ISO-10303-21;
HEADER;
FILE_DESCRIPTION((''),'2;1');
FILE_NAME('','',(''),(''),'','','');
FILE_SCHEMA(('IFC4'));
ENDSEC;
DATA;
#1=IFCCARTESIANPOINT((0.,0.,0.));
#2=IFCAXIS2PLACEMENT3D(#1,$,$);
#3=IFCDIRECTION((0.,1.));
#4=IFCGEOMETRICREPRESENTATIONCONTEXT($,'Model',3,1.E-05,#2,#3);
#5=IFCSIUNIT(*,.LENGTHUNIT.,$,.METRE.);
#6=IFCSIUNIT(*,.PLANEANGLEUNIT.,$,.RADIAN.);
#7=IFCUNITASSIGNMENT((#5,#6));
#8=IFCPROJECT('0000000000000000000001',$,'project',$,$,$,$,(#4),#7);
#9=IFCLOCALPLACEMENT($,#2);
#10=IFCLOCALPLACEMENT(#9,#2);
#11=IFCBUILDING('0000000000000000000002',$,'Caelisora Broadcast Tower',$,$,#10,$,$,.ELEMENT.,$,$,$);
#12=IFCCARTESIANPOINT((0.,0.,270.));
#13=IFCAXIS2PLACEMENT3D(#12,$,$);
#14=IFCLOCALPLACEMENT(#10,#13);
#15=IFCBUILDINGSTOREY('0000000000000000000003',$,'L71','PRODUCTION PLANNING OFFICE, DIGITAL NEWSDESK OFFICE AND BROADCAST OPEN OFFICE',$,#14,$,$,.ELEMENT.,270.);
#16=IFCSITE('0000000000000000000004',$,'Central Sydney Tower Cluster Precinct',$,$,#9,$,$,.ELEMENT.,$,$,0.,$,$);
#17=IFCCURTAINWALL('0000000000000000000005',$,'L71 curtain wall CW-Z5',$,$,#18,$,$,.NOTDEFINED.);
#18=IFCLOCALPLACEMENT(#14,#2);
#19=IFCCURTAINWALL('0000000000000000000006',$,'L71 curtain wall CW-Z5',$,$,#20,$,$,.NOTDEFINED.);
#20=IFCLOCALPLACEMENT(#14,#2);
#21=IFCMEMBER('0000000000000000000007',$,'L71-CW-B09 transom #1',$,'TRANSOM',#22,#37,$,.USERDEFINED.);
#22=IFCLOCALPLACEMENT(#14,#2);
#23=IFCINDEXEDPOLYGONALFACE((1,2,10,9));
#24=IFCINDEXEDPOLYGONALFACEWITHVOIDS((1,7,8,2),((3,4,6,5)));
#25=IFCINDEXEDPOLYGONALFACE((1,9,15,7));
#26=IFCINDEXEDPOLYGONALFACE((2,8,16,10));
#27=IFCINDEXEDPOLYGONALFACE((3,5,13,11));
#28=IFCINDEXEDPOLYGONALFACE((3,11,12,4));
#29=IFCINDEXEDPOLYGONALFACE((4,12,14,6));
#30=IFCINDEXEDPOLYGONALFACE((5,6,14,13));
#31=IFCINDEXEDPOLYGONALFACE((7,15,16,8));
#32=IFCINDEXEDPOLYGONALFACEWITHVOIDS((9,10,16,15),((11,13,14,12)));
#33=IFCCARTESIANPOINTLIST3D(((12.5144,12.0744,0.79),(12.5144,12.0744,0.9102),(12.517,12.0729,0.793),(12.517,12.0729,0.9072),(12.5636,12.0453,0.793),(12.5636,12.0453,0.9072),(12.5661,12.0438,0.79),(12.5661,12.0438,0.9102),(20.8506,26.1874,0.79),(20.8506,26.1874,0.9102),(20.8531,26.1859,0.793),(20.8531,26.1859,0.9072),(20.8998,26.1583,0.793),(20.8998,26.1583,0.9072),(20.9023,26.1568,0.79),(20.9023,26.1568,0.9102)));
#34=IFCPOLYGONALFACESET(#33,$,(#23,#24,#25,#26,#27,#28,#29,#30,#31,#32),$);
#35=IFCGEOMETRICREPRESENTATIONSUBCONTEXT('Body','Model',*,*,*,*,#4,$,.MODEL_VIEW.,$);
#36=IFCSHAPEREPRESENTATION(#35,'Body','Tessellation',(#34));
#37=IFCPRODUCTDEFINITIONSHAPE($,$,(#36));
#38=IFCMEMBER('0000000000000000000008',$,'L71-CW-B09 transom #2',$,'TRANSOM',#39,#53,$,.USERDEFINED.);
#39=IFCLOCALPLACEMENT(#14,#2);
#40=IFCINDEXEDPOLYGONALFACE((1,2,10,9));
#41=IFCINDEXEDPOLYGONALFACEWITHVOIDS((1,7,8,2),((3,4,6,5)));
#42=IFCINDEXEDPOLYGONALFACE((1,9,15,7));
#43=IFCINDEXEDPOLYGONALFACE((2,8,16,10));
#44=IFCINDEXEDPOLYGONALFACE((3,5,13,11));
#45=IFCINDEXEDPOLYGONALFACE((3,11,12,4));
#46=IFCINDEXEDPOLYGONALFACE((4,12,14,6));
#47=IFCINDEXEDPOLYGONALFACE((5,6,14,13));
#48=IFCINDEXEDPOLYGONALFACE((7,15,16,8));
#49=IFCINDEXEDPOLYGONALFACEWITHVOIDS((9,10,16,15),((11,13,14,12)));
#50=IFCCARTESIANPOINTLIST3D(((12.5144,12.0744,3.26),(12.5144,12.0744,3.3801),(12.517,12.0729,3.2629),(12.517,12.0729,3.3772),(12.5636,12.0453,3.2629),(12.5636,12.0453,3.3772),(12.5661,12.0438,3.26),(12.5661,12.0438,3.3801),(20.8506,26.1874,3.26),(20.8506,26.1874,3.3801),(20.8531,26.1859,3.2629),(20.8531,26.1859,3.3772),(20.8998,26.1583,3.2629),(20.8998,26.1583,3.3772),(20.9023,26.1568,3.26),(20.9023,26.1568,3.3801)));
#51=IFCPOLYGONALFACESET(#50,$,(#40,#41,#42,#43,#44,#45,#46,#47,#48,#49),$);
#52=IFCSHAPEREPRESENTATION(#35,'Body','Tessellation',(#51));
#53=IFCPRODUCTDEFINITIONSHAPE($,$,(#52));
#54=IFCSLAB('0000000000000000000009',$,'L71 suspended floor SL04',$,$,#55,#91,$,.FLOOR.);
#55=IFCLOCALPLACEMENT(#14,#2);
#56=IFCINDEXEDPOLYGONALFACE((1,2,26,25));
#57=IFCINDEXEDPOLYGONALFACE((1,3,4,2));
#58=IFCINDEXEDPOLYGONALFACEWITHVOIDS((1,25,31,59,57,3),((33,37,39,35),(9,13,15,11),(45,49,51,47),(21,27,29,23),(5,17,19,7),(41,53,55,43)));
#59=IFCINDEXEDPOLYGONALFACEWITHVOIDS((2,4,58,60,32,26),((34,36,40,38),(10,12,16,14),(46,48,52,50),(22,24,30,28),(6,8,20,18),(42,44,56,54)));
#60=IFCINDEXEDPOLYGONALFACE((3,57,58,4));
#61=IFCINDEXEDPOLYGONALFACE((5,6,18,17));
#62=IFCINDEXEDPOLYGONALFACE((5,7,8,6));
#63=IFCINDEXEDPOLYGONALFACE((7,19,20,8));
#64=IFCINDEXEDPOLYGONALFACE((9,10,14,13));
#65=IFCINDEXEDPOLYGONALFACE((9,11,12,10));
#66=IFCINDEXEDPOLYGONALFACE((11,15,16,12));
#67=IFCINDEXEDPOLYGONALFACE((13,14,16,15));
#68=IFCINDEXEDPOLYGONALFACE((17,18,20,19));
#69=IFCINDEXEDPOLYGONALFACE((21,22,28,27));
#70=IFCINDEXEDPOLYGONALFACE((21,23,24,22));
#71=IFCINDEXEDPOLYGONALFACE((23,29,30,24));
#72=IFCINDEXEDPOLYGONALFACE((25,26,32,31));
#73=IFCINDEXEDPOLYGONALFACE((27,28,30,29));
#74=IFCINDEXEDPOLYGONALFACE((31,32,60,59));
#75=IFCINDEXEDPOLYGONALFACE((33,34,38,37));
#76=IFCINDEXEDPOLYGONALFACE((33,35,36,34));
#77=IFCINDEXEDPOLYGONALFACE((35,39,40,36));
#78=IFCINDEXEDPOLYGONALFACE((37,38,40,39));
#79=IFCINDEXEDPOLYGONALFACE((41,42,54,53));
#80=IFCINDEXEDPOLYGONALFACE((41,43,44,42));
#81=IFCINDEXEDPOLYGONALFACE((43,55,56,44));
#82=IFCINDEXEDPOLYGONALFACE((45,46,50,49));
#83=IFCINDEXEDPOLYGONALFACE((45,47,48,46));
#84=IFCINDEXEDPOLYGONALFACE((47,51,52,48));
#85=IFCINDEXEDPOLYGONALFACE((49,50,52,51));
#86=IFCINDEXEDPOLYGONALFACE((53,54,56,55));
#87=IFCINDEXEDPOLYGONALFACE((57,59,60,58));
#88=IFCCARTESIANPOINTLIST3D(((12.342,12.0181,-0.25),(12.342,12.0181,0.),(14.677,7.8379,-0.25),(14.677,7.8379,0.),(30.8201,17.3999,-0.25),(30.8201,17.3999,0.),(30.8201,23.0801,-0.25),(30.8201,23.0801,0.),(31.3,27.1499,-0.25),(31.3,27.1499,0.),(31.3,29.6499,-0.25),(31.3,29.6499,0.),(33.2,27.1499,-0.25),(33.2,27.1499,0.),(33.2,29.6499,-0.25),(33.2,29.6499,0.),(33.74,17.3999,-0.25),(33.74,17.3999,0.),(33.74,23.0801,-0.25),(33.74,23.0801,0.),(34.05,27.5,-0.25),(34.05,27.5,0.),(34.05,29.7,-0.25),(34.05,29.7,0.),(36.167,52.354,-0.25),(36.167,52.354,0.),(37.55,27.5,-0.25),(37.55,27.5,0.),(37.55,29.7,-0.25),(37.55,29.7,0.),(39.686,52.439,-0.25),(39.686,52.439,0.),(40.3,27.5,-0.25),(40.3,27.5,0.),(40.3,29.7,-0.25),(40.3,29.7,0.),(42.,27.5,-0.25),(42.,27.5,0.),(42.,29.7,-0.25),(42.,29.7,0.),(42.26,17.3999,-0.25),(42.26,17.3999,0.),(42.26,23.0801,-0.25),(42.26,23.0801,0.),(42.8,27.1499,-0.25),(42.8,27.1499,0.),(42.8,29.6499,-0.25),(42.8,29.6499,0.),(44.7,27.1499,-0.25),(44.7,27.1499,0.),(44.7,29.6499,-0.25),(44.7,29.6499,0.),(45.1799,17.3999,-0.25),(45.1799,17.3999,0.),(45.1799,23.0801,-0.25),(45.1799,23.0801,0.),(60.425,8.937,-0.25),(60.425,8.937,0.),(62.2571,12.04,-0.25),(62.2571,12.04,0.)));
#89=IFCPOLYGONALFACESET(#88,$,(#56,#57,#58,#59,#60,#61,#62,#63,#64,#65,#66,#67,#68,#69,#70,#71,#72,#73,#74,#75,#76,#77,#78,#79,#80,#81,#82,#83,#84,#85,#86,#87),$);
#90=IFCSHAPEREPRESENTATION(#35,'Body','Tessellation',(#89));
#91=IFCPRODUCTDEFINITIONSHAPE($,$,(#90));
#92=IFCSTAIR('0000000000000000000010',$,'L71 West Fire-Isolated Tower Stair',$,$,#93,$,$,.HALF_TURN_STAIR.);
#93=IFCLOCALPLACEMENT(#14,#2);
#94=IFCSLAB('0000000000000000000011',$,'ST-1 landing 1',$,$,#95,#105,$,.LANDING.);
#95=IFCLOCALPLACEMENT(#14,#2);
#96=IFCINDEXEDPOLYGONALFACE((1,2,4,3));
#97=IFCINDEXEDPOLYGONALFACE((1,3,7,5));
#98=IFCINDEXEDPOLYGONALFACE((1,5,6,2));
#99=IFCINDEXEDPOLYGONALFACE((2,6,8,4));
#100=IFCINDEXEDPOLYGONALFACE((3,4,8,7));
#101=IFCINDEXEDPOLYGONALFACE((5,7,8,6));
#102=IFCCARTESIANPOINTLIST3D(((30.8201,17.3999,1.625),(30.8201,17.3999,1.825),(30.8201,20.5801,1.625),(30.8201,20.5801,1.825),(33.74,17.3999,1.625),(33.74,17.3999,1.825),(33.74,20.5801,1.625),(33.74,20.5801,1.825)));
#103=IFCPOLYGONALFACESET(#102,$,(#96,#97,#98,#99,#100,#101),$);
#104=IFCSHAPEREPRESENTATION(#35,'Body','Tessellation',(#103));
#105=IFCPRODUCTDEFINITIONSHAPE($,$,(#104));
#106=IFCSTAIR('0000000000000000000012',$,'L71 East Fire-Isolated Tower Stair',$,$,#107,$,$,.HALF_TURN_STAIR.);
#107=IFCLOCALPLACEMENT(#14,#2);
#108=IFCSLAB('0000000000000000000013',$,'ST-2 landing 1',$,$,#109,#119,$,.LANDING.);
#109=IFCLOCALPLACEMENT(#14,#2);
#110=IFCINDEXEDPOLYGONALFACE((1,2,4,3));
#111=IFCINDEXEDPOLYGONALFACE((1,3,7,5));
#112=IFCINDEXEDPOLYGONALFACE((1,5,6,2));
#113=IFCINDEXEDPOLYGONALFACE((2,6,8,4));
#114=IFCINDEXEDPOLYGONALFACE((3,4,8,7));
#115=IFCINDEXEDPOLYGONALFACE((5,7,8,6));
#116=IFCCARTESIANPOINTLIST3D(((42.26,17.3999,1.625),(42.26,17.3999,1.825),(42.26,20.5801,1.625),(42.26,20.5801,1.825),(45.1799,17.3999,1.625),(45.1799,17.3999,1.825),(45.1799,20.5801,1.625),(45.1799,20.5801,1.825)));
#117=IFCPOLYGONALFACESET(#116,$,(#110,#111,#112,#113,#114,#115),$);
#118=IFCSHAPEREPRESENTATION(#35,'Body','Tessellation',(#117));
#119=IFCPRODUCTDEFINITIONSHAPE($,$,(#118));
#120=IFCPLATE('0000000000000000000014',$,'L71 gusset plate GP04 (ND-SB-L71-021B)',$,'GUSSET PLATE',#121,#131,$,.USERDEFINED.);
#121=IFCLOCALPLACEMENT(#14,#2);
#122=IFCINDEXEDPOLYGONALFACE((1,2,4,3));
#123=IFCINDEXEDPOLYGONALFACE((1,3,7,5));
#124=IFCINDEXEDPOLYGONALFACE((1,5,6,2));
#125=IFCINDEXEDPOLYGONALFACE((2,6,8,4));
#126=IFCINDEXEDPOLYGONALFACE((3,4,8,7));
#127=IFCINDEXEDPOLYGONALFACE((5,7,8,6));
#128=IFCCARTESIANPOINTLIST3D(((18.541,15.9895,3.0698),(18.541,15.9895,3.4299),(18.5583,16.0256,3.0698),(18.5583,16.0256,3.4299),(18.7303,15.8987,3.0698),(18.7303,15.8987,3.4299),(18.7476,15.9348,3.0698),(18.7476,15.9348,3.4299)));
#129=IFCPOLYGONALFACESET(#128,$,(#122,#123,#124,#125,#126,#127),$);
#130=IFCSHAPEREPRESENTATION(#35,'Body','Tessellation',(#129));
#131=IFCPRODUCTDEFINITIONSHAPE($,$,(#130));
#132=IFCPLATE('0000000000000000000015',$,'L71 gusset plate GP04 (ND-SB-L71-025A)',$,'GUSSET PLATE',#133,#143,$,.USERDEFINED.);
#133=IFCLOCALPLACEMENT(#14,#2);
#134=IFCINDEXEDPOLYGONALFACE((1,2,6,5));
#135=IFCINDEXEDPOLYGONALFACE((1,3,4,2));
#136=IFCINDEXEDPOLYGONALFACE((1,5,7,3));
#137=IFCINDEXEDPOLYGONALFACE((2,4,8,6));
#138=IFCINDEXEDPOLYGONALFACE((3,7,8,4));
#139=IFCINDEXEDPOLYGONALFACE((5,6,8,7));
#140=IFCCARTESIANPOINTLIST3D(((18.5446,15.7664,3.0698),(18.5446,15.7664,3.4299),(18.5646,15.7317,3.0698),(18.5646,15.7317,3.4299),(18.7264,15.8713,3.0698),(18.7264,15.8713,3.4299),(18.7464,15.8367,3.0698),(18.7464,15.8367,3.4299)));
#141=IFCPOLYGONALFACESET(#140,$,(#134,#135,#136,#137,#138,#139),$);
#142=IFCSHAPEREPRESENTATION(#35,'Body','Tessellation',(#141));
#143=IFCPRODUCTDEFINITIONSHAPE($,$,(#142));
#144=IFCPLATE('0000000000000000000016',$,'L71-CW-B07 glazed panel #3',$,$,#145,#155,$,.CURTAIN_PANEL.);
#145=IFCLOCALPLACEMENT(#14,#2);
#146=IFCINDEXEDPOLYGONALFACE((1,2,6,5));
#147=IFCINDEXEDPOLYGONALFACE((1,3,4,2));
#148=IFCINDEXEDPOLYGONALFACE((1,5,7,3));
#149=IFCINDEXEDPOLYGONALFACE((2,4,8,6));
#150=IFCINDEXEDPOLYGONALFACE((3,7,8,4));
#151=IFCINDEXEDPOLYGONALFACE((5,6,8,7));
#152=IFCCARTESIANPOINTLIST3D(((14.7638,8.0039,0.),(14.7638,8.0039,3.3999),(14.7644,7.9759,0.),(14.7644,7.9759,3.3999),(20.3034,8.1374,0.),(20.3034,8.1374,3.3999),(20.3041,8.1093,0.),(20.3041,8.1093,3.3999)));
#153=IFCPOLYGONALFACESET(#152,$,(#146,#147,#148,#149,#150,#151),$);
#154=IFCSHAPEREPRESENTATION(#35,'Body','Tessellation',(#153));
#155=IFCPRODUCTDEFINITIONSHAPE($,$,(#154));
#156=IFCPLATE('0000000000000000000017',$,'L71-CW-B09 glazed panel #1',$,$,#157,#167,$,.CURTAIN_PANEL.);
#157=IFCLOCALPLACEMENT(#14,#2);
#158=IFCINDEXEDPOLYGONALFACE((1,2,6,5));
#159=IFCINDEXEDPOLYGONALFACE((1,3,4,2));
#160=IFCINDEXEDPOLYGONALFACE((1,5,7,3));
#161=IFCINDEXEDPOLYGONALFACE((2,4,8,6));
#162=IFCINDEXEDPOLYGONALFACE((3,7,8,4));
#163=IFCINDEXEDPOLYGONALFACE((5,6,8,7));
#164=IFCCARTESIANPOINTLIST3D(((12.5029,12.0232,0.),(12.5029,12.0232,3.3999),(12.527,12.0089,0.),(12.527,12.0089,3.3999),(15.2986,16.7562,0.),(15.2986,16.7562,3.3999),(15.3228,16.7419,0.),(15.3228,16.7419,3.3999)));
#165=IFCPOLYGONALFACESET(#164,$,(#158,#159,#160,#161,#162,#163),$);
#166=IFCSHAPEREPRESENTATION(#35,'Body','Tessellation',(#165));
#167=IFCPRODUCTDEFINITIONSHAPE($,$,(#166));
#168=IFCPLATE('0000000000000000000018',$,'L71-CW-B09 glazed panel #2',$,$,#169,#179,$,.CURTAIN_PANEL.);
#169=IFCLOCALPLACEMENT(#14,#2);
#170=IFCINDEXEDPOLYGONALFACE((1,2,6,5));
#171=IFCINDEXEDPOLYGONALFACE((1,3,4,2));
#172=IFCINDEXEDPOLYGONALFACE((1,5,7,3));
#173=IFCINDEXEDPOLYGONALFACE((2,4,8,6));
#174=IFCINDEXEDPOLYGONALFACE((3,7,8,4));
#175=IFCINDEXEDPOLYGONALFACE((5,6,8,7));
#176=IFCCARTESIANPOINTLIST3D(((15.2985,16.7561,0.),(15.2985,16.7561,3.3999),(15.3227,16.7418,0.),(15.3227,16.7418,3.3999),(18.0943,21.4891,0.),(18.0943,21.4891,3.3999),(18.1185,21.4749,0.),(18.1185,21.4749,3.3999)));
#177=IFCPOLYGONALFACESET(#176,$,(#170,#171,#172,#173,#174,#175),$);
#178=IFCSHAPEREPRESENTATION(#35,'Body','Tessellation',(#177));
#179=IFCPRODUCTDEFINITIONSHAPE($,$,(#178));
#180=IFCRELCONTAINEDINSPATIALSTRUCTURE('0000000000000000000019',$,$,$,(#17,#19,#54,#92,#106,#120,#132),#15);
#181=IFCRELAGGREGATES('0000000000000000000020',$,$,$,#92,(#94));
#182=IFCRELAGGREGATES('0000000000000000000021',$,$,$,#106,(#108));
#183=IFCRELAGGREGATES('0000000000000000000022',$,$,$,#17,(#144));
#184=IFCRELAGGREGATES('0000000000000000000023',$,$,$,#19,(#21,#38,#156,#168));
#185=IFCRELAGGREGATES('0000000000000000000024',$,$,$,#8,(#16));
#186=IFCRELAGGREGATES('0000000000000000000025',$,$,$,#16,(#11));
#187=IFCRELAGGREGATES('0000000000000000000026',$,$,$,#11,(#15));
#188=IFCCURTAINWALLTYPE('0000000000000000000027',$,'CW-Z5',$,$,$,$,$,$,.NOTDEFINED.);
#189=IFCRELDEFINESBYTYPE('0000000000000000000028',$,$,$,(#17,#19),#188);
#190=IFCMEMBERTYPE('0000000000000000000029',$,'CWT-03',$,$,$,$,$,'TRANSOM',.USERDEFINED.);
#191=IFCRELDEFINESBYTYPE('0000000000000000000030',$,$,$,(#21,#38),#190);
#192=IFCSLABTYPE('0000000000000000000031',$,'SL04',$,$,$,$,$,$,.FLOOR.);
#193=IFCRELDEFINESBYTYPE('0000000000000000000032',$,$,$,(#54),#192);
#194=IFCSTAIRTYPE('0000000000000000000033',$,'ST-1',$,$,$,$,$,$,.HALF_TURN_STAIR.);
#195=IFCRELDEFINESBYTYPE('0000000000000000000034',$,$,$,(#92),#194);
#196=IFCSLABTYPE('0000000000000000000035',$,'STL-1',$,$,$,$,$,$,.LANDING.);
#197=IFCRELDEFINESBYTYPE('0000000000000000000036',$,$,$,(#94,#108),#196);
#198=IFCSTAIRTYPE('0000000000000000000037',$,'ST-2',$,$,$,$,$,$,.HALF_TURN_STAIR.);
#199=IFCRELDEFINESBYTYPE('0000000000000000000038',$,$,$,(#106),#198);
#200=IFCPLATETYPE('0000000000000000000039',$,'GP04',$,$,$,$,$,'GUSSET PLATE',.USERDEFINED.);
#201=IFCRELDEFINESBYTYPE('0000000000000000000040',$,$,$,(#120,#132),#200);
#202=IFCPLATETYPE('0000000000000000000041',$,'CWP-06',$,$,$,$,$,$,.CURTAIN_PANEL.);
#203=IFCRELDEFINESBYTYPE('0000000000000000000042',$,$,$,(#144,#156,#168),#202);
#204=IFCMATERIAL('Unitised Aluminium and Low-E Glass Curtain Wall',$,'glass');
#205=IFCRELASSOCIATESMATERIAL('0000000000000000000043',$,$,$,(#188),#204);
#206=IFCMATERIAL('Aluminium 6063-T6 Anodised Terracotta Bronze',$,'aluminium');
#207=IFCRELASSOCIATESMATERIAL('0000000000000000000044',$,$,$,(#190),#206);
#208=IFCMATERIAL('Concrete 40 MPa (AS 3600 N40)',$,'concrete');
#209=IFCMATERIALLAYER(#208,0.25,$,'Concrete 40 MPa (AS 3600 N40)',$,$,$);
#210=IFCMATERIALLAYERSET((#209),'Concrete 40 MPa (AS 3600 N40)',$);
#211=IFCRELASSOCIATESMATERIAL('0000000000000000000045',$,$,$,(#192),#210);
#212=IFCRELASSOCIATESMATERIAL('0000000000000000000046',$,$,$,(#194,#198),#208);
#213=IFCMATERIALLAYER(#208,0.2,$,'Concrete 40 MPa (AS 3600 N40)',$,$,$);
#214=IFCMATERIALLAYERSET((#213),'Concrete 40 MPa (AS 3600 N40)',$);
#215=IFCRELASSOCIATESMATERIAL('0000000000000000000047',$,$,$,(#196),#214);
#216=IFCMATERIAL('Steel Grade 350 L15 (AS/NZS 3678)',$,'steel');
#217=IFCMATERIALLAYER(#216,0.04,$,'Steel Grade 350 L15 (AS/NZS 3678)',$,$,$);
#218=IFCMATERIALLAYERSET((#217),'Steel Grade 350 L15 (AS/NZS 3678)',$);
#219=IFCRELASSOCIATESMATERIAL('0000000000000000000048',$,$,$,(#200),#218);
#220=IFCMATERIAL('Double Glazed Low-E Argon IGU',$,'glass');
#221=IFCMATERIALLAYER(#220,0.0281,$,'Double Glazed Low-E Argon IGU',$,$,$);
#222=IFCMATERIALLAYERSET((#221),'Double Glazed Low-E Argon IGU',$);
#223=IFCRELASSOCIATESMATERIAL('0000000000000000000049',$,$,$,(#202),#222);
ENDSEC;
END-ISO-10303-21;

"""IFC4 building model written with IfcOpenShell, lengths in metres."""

from ifc_helpers import new_model, si_unit, direction, frame, origin, origin_2d, place, context, subcontext, project, spatial, polyline, rectangle, hollow_rectangle, outline, extrude, source, transform, mapped, material, layer, layer_set, material_profile, profile_set, type_object, type_shapes, element, aggregate, save


model = new_model("IFC4")

# Units and contexts
model_context = context("Model", 3, precision=1e-05, world=origin(), true_north=direction((0.0, 1.0)))
body_context = subcontext(model_context, "Body", "Model", "MODEL_VIEW")
ifc_project = project(units=[si_unit("LENGTHUNIT", "METRE"), si_unit("PLANEANGLEUNIT", "RADIAN")], contexts=[model_context])

# Site, building, storey
site_placement = place(None, origin())
site = spatial("IfcSite", under=ifc_project, at=site_placement, Name="Central Sydney Tower Cluster Precinct", CompositionType="ELEMENT", RefElevation=0.0)
building_placement = place(site_placement, origin())
building = spatial("IfcBuilding", under=site, at=building_placement, Name="Caelisora Broadcast Tower", CompositionType="ELEMENT")
storey_placement = place(building_placement, frame((0.0, 0.0, 270.0)))
storey = spatial("IfcBuildingStorey", under=building, at=storey_placement, Name="L71", Description="PRODUCTION PLANNING OFFICE, DIGITAL NEWSDESK OFFICE AND BROADCAST OPEN OFFICE", CompositionType="ELEMENT", Elevation=270.0)

# Shared definitions
ifc_material_1 = material(Name="Steel Grade 350 L15 (AS/NZS 3678)", Category="steel")

# Curtain walls, members
ifc_material_2 = material(Name="Unitised Aluminium and Low-E Glass Curtain Wall", Category="glass")
curtain_wall_type = type_object("IfcCurtainWallType", Name="CW-Z5", PredefinedType="NOTDEFINED", material=ifc_material_2)
curtain_wall_1_placement = place(storey_placement, origin())
curtain_wall_1 = element("IfcCurtainWall", 1, at=curtain_wall_1_placement, inside=storey, type_object=curtain_wall_type, Name="L71 curtain wall CW-Z5", PredefinedType="NOTDEFINED")
ifc_material_3 = material(Name="Aluminium 6063-T6 Anodised Terracotta Bronze", Category="aluminium")
curtain_wall_2_placement = place(storey_placement, origin())
curtain_wall_2 = element("IfcCurtainWall", 2, at=curtain_wall_2_placement, inside=storey, type_object=curtain_wall_type, Name="L71 curtain wall CW-Z5", PredefinedType="NOTDEFINED")
ifc_material_profile_1 = material_profile(ifc_material_3, hollow_rectangle(XDim=0.0601, YDim=0.1201, WallThickness=0.0029, at=origin_2d()), Name="Aluminium 6063-T6 Anodised Terracotta Bronze")
ifc_profile_set_1 = profile_set([ifc_material_profile_1], Name="Aluminium 6063-T6 Anodised Terracotta Bronze")
member_type_1 = type_object("IfcMemberType", Name="CWT-03", ElementType="TRANSOM", PredefinedType="USERDEFINED", material=ifc_profile_set_1)
shared_shape_1 = source(origin(), body_context, "Body", "SweptSolid", [
    extrude(hollow_rectangle(XDim=0.0601, YDim=0.1201, WallThickness=0.0029, at=origin_2d()), origin(), (0.0, 0.0, 1.0), 16.3911),
])
type_shapes(member_type_1, [shared_shape_1])
member_1_placement = place(storey_placement, frame((12.5403, 12.0591, 0.8501), z_axis=(0.508578, 0.861016, 0.0), x_axis=(-0.861016, 0.508578, 0.0)))
member_1 = element("IfcMember", 3, at=member_1_placement, type_object=member_type_1, Name="L71-CW-B09 transom #1", ObjectType="TRANSOM", PredefinedType="USERDEFINED", context=body_context, shape_type="MappedRepresentation", body=[
    mapped(shared_shape_1, transform((0.0, 0.0, 0.0), scale=1.0)),
])
member_2_placement = place(storey_placement, frame((12.5403, 12.0591, 3.3201), z_axis=(0.508578, 0.861016, 0.0), x_axis=(-0.861016, 0.508578, 0.0)))
member_2 = element("IfcMember", 4, at=member_2_placement, type_object=member_type_1, Name="L71-CW-B09 transom #2", ObjectType="TRANSOM", PredefinedType="USERDEFINED", context=body_context, shape_type="MappedRepresentation", body=[
    mapped(shared_shape_1, transform((0.0, 0.0, 0.0), scale=1.0)),
])

# Slab
ifc_material_4 = material(Name="Concrete 40 MPa (AS 3600 N40)", Category="concrete")
ifc_layer_1 = layer(ifc_material_4, 0.25, Name="Concrete 40 MPa (AS 3600 N40)")
ifc_layer_set_1 = layer_set([ifc_layer_1], Name="Concrete 40 MPa (AS 3600 N40)")
slab_type_1 = type_object("IfcSlabType", Name="SL04", PredefinedType="FLOOR", material=ifc_layer_set_1)
slab_1_placement = place(storey_placement, frame((0.0, 0.0, -0.25)))
element("IfcSlab", 5, at=slab_1_placement, inside=storey, type_object=slab_type_1, Name="L71 suspended floor SL04", PredefinedType="FLOOR", context=body_context, shape_type="SweptSolid", body=[
    extrude(outline(polyline([(39.686, 52.439), (36.167, 52.354), (12.342, 12.0181), (14.677, 7.8379), (60.425, 8.937), (62.2571, 12.04), (39.686, 52.439)]), holes=[polyline([(30.8201, 17.3999), (33.74, 17.3999), (33.74, 23.0801), (30.8201, 23.0801), (30.8201, 17.3999)]), polyline([(42.26, 17.3999), (45.1799, 17.3999), (45.1799, 23.0801), (42.26, 23.0801), (42.26, 17.3999)]), polyline([(42.8, 27.1499), (44.7, 27.1499), (44.7, 29.6499), (42.8, 29.6499), (42.8, 27.1499)]), polyline([(40.3, 27.5), (42.0, 27.5), (42.0, 29.7), (40.3, 29.7), (40.3, 27.5)]), polyline([(34.05, 27.5), (37.55, 27.5), (37.55, 29.7), (34.05, 29.7), (34.05, 27.5)]), polyline([(31.3, 27.1499), (33.2, 27.1499), (33.2, 29.6499), (31.3, 29.6499), (31.3, 27.1499)])]), origin(), (0.0, 0.0, 1.0), 0.25),
])

# Stairs, slabs
stair_type_1 = type_object("IfcStairType", Name="ST-1", PredefinedType="HALF_TURN_STAIR", material=ifc_material_4)
stair_1_placement = place(storey_placement, origin())
stair_1 = element("IfcStair", 6, at=stair_1_placement, inside=storey, type_object=stair_type_1, Name="L71 West Fire-Isolated Tower Stair", PredefinedType="HALF_TURN_STAIR")
ifc_layer_2 = layer(ifc_material_4, 0.2, Name="Concrete 40 MPa (AS 3600 N40)")
ifc_layer_set_2 = layer_set([ifc_layer_2], Name="Concrete 40 MPa (AS 3600 N40)")
slab_type_2 = type_object("IfcSlabType", Name="STL-1", PredefinedType="LANDING", material=ifc_layer_set_2)
slab_2_placement = place(storey_placement, frame((0.0, 0.0, 1.625)))
slab_2 = element("IfcSlab", 7, at=slab_2_placement, type_object=slab_type_2, Name="ST-1 landing 1", PredefinedType="LANDING", context=body_context, shape_type="SweptSolid", body=[
    extrude(outline(polyline([(30.8201, 20.5801), (30.8201, 17.3999), (33.74, 17.3999), (33.74, 20.5801), (30.8201, 20.5801)])), origin(), (0.0, 0.0, 1.0), 0.2),
])
aggregate(stair_1, [slab_2])
stair_type_2 = type_object("IfcStairType", Name="ST-2", PredefinedType="HALF_TURN_STAIR", material=ifc_material_4)
stair_2_placement = place(storey_placement, origin())
stair_2 = element("IfcStair", 8, at=stair_2_placement, inside=storey, type_object=stair_type_2, Name="L71 East Fire-Isolated Tower Stair", PredefinedType="HALF_TURN_STAIR")
slab_3_placement = place(storey_placement, frame((0.0, 0.0, 1.625)))
slab_3 = element("IfcSlab", 9, at=slab_3_placement, type_object=slab_type_2, Name="ST-2 landing 1", PredefinedType="LANDING", context=body_context, shape_type="SweptSolid", body=[
    extrude(outline(polyline([(42.26, 20.5801), (42.26, 17.3999), (45.1799, 17.3999), (45.1799, 20.5801), (42.26, 20.5801)])), origin(), (0.0, 0.0, 1.0), 0.2),
])
aggregate(stair_2, [slab_3])

# Plates
ifc_layer_3 = layer(ifc_material_1, 0.04, Name="Steel Grade 350 L15 (AS/NZS 3678)")
ifc_layer_set_3 = layer_set([ifc_layer_3], Name="Steel Grade 350 L15 (AS/NZS 3678)")
plate_type_1 = type_object("IfcPlateType", Name="GP04", ElementType="GUSSET PLATE", PredefinedType="USERDEFINED", material=ifc_layer_set_3)
shared_shape_2 = source(origin(), body_context, "Body", "SweptSolid", [
    extrude(rectangle(XDim=0.21, YDim=0.04, at=origin_2d()), origin(), (0.0, 0.0, 1.0), 0.3601),
])
type_shapes(plate_type_1, [shared_shape_2])
for number, where, z_axis, x_axis, name in (
    (10, (18.6443, 15.9622, 3.0698), (0.0, 0.0, 1.0), (0.901531, -0.432715, 0.0), "L71 gusset plate GP04 (ND-SB-L71-021B)"),
    (11, (18.6455, 15.8015, 3.0698), (0.0, 0.0, 1.0), (0.866025, 0.5, 0.0), "L71 gusset plate GP04 (ND-SB-L71-025A)"),
):
    element("IfcPlate", number, at=place(storey_placement, frame(where, z_axis=z_axis, x_axis=x_axis)), inside=storey, type_object=plate_type_1, Name=name, ObjectType="GUSSET PLATE", PredefinedType="USERDEFINED", context=body_context, shape_type="MappedRepresentation", body=[
        mapped(shared_shape_2, transform((0.0, 0.0, 0.0), scale=1.0)),
    ])

# Plates
ifc_material_5 = material(Name="Double Glazed Low-E Argon IGU", Category="glass")
ifc_layer_4 = layer(ifc_material_5, 0.0281, Name="Double Glazed Low-E Argon IGU")
ifc_layer_set_4 = layer_set([ifc_layer_4], Name="Double Glazed Low-E Argon IGU")
plate_type_2 = type_object("IfcPlateType", Name="CWP-06", PredefinedType="CURTAIN_PANEL", material=ifc_layer_set_4)
shared_shape_3 = source(origin(), body_context, "Body", "SweptSolid", [
    extrude(rectangle(XDim=5.5413, YDim=0.0281, at=origin_2d()), origin(), (0.0, 0.0, 1.0), 3.3999),
])
plate_1_placement = place(storey_placement, frame((17.5339, 8.0566, 0.0), z_axis=(0.0, 0.0, 1.0), x_axis=(-0.99971, -0.024083, 0.0)))
plate_1 = element("IfcPlate", 12, at=plate_1_placement, type_object=plate_type_2, Name="L71-CW-B07 glazed panel #3", PredefinedType="CURTAIN_PANEL", context=body_context, shape_type="MappedRepresentation", body=[
    mapped(shared_shape_3, transform((0.0, 0.0, 0.0), scale=1.0)),
])
aggregate(curtain_wall_1, [plate_1])
shared_shape_4 = source(origin(), body_context, "Body", "SweptSolid", [
    extrude(rectangle(XDim=5.4971, YDim=0.0281, at=origin_2d()), origin(), (0.0, 0.0, 1.0), 3.3999),
])
type_shapes(plate_type_2, [shared_shape_3, shared_shape_4])
plate_2_placement = place(storey_placement, frame((13.9128, 14.3826, 0.0), z_axis=(0.0, 0.0, 1.0), x_axis=(0.508591, 0.861008, 0.0)))
plate_2 = element("IfcPlate", 13, at=plate_2_placement, type_object=plate_type_2, Name="L71-CW-B09 glazed panel #1", PredefinedType="CURTAIN_PANEL", context=body_context, shape_type="MappedRepresentation", body=[
    mapped(shared_shape_4, transform((0.0, 0.0, 0.0), scale=1.0)),
])
plate_3_placement = place(storey_placement, frame((16.7085, 19.1155, 0.0), z_axis=(0.0, 0.0, 1.0), x_axis=(0.508591, 0.861008, 0.0)))
plate_3 = element("IfcPlate", 14, at=plate_3_placement, type_object=plate_type_2, Name="L71-CW-B09 glazed panel #2", PredefinedType="CURTAIN_PANEL", context=body_context, shape_type="MappedRepresentation", body=[
    mapped(shared_shape_4, transform((0.0, 0.0, 0.0), scale=1.0)),
])
aggregate(curtain_wall_2, [member_1, member_2, plate_2, plate_3])

save(model, "model.ifc")
